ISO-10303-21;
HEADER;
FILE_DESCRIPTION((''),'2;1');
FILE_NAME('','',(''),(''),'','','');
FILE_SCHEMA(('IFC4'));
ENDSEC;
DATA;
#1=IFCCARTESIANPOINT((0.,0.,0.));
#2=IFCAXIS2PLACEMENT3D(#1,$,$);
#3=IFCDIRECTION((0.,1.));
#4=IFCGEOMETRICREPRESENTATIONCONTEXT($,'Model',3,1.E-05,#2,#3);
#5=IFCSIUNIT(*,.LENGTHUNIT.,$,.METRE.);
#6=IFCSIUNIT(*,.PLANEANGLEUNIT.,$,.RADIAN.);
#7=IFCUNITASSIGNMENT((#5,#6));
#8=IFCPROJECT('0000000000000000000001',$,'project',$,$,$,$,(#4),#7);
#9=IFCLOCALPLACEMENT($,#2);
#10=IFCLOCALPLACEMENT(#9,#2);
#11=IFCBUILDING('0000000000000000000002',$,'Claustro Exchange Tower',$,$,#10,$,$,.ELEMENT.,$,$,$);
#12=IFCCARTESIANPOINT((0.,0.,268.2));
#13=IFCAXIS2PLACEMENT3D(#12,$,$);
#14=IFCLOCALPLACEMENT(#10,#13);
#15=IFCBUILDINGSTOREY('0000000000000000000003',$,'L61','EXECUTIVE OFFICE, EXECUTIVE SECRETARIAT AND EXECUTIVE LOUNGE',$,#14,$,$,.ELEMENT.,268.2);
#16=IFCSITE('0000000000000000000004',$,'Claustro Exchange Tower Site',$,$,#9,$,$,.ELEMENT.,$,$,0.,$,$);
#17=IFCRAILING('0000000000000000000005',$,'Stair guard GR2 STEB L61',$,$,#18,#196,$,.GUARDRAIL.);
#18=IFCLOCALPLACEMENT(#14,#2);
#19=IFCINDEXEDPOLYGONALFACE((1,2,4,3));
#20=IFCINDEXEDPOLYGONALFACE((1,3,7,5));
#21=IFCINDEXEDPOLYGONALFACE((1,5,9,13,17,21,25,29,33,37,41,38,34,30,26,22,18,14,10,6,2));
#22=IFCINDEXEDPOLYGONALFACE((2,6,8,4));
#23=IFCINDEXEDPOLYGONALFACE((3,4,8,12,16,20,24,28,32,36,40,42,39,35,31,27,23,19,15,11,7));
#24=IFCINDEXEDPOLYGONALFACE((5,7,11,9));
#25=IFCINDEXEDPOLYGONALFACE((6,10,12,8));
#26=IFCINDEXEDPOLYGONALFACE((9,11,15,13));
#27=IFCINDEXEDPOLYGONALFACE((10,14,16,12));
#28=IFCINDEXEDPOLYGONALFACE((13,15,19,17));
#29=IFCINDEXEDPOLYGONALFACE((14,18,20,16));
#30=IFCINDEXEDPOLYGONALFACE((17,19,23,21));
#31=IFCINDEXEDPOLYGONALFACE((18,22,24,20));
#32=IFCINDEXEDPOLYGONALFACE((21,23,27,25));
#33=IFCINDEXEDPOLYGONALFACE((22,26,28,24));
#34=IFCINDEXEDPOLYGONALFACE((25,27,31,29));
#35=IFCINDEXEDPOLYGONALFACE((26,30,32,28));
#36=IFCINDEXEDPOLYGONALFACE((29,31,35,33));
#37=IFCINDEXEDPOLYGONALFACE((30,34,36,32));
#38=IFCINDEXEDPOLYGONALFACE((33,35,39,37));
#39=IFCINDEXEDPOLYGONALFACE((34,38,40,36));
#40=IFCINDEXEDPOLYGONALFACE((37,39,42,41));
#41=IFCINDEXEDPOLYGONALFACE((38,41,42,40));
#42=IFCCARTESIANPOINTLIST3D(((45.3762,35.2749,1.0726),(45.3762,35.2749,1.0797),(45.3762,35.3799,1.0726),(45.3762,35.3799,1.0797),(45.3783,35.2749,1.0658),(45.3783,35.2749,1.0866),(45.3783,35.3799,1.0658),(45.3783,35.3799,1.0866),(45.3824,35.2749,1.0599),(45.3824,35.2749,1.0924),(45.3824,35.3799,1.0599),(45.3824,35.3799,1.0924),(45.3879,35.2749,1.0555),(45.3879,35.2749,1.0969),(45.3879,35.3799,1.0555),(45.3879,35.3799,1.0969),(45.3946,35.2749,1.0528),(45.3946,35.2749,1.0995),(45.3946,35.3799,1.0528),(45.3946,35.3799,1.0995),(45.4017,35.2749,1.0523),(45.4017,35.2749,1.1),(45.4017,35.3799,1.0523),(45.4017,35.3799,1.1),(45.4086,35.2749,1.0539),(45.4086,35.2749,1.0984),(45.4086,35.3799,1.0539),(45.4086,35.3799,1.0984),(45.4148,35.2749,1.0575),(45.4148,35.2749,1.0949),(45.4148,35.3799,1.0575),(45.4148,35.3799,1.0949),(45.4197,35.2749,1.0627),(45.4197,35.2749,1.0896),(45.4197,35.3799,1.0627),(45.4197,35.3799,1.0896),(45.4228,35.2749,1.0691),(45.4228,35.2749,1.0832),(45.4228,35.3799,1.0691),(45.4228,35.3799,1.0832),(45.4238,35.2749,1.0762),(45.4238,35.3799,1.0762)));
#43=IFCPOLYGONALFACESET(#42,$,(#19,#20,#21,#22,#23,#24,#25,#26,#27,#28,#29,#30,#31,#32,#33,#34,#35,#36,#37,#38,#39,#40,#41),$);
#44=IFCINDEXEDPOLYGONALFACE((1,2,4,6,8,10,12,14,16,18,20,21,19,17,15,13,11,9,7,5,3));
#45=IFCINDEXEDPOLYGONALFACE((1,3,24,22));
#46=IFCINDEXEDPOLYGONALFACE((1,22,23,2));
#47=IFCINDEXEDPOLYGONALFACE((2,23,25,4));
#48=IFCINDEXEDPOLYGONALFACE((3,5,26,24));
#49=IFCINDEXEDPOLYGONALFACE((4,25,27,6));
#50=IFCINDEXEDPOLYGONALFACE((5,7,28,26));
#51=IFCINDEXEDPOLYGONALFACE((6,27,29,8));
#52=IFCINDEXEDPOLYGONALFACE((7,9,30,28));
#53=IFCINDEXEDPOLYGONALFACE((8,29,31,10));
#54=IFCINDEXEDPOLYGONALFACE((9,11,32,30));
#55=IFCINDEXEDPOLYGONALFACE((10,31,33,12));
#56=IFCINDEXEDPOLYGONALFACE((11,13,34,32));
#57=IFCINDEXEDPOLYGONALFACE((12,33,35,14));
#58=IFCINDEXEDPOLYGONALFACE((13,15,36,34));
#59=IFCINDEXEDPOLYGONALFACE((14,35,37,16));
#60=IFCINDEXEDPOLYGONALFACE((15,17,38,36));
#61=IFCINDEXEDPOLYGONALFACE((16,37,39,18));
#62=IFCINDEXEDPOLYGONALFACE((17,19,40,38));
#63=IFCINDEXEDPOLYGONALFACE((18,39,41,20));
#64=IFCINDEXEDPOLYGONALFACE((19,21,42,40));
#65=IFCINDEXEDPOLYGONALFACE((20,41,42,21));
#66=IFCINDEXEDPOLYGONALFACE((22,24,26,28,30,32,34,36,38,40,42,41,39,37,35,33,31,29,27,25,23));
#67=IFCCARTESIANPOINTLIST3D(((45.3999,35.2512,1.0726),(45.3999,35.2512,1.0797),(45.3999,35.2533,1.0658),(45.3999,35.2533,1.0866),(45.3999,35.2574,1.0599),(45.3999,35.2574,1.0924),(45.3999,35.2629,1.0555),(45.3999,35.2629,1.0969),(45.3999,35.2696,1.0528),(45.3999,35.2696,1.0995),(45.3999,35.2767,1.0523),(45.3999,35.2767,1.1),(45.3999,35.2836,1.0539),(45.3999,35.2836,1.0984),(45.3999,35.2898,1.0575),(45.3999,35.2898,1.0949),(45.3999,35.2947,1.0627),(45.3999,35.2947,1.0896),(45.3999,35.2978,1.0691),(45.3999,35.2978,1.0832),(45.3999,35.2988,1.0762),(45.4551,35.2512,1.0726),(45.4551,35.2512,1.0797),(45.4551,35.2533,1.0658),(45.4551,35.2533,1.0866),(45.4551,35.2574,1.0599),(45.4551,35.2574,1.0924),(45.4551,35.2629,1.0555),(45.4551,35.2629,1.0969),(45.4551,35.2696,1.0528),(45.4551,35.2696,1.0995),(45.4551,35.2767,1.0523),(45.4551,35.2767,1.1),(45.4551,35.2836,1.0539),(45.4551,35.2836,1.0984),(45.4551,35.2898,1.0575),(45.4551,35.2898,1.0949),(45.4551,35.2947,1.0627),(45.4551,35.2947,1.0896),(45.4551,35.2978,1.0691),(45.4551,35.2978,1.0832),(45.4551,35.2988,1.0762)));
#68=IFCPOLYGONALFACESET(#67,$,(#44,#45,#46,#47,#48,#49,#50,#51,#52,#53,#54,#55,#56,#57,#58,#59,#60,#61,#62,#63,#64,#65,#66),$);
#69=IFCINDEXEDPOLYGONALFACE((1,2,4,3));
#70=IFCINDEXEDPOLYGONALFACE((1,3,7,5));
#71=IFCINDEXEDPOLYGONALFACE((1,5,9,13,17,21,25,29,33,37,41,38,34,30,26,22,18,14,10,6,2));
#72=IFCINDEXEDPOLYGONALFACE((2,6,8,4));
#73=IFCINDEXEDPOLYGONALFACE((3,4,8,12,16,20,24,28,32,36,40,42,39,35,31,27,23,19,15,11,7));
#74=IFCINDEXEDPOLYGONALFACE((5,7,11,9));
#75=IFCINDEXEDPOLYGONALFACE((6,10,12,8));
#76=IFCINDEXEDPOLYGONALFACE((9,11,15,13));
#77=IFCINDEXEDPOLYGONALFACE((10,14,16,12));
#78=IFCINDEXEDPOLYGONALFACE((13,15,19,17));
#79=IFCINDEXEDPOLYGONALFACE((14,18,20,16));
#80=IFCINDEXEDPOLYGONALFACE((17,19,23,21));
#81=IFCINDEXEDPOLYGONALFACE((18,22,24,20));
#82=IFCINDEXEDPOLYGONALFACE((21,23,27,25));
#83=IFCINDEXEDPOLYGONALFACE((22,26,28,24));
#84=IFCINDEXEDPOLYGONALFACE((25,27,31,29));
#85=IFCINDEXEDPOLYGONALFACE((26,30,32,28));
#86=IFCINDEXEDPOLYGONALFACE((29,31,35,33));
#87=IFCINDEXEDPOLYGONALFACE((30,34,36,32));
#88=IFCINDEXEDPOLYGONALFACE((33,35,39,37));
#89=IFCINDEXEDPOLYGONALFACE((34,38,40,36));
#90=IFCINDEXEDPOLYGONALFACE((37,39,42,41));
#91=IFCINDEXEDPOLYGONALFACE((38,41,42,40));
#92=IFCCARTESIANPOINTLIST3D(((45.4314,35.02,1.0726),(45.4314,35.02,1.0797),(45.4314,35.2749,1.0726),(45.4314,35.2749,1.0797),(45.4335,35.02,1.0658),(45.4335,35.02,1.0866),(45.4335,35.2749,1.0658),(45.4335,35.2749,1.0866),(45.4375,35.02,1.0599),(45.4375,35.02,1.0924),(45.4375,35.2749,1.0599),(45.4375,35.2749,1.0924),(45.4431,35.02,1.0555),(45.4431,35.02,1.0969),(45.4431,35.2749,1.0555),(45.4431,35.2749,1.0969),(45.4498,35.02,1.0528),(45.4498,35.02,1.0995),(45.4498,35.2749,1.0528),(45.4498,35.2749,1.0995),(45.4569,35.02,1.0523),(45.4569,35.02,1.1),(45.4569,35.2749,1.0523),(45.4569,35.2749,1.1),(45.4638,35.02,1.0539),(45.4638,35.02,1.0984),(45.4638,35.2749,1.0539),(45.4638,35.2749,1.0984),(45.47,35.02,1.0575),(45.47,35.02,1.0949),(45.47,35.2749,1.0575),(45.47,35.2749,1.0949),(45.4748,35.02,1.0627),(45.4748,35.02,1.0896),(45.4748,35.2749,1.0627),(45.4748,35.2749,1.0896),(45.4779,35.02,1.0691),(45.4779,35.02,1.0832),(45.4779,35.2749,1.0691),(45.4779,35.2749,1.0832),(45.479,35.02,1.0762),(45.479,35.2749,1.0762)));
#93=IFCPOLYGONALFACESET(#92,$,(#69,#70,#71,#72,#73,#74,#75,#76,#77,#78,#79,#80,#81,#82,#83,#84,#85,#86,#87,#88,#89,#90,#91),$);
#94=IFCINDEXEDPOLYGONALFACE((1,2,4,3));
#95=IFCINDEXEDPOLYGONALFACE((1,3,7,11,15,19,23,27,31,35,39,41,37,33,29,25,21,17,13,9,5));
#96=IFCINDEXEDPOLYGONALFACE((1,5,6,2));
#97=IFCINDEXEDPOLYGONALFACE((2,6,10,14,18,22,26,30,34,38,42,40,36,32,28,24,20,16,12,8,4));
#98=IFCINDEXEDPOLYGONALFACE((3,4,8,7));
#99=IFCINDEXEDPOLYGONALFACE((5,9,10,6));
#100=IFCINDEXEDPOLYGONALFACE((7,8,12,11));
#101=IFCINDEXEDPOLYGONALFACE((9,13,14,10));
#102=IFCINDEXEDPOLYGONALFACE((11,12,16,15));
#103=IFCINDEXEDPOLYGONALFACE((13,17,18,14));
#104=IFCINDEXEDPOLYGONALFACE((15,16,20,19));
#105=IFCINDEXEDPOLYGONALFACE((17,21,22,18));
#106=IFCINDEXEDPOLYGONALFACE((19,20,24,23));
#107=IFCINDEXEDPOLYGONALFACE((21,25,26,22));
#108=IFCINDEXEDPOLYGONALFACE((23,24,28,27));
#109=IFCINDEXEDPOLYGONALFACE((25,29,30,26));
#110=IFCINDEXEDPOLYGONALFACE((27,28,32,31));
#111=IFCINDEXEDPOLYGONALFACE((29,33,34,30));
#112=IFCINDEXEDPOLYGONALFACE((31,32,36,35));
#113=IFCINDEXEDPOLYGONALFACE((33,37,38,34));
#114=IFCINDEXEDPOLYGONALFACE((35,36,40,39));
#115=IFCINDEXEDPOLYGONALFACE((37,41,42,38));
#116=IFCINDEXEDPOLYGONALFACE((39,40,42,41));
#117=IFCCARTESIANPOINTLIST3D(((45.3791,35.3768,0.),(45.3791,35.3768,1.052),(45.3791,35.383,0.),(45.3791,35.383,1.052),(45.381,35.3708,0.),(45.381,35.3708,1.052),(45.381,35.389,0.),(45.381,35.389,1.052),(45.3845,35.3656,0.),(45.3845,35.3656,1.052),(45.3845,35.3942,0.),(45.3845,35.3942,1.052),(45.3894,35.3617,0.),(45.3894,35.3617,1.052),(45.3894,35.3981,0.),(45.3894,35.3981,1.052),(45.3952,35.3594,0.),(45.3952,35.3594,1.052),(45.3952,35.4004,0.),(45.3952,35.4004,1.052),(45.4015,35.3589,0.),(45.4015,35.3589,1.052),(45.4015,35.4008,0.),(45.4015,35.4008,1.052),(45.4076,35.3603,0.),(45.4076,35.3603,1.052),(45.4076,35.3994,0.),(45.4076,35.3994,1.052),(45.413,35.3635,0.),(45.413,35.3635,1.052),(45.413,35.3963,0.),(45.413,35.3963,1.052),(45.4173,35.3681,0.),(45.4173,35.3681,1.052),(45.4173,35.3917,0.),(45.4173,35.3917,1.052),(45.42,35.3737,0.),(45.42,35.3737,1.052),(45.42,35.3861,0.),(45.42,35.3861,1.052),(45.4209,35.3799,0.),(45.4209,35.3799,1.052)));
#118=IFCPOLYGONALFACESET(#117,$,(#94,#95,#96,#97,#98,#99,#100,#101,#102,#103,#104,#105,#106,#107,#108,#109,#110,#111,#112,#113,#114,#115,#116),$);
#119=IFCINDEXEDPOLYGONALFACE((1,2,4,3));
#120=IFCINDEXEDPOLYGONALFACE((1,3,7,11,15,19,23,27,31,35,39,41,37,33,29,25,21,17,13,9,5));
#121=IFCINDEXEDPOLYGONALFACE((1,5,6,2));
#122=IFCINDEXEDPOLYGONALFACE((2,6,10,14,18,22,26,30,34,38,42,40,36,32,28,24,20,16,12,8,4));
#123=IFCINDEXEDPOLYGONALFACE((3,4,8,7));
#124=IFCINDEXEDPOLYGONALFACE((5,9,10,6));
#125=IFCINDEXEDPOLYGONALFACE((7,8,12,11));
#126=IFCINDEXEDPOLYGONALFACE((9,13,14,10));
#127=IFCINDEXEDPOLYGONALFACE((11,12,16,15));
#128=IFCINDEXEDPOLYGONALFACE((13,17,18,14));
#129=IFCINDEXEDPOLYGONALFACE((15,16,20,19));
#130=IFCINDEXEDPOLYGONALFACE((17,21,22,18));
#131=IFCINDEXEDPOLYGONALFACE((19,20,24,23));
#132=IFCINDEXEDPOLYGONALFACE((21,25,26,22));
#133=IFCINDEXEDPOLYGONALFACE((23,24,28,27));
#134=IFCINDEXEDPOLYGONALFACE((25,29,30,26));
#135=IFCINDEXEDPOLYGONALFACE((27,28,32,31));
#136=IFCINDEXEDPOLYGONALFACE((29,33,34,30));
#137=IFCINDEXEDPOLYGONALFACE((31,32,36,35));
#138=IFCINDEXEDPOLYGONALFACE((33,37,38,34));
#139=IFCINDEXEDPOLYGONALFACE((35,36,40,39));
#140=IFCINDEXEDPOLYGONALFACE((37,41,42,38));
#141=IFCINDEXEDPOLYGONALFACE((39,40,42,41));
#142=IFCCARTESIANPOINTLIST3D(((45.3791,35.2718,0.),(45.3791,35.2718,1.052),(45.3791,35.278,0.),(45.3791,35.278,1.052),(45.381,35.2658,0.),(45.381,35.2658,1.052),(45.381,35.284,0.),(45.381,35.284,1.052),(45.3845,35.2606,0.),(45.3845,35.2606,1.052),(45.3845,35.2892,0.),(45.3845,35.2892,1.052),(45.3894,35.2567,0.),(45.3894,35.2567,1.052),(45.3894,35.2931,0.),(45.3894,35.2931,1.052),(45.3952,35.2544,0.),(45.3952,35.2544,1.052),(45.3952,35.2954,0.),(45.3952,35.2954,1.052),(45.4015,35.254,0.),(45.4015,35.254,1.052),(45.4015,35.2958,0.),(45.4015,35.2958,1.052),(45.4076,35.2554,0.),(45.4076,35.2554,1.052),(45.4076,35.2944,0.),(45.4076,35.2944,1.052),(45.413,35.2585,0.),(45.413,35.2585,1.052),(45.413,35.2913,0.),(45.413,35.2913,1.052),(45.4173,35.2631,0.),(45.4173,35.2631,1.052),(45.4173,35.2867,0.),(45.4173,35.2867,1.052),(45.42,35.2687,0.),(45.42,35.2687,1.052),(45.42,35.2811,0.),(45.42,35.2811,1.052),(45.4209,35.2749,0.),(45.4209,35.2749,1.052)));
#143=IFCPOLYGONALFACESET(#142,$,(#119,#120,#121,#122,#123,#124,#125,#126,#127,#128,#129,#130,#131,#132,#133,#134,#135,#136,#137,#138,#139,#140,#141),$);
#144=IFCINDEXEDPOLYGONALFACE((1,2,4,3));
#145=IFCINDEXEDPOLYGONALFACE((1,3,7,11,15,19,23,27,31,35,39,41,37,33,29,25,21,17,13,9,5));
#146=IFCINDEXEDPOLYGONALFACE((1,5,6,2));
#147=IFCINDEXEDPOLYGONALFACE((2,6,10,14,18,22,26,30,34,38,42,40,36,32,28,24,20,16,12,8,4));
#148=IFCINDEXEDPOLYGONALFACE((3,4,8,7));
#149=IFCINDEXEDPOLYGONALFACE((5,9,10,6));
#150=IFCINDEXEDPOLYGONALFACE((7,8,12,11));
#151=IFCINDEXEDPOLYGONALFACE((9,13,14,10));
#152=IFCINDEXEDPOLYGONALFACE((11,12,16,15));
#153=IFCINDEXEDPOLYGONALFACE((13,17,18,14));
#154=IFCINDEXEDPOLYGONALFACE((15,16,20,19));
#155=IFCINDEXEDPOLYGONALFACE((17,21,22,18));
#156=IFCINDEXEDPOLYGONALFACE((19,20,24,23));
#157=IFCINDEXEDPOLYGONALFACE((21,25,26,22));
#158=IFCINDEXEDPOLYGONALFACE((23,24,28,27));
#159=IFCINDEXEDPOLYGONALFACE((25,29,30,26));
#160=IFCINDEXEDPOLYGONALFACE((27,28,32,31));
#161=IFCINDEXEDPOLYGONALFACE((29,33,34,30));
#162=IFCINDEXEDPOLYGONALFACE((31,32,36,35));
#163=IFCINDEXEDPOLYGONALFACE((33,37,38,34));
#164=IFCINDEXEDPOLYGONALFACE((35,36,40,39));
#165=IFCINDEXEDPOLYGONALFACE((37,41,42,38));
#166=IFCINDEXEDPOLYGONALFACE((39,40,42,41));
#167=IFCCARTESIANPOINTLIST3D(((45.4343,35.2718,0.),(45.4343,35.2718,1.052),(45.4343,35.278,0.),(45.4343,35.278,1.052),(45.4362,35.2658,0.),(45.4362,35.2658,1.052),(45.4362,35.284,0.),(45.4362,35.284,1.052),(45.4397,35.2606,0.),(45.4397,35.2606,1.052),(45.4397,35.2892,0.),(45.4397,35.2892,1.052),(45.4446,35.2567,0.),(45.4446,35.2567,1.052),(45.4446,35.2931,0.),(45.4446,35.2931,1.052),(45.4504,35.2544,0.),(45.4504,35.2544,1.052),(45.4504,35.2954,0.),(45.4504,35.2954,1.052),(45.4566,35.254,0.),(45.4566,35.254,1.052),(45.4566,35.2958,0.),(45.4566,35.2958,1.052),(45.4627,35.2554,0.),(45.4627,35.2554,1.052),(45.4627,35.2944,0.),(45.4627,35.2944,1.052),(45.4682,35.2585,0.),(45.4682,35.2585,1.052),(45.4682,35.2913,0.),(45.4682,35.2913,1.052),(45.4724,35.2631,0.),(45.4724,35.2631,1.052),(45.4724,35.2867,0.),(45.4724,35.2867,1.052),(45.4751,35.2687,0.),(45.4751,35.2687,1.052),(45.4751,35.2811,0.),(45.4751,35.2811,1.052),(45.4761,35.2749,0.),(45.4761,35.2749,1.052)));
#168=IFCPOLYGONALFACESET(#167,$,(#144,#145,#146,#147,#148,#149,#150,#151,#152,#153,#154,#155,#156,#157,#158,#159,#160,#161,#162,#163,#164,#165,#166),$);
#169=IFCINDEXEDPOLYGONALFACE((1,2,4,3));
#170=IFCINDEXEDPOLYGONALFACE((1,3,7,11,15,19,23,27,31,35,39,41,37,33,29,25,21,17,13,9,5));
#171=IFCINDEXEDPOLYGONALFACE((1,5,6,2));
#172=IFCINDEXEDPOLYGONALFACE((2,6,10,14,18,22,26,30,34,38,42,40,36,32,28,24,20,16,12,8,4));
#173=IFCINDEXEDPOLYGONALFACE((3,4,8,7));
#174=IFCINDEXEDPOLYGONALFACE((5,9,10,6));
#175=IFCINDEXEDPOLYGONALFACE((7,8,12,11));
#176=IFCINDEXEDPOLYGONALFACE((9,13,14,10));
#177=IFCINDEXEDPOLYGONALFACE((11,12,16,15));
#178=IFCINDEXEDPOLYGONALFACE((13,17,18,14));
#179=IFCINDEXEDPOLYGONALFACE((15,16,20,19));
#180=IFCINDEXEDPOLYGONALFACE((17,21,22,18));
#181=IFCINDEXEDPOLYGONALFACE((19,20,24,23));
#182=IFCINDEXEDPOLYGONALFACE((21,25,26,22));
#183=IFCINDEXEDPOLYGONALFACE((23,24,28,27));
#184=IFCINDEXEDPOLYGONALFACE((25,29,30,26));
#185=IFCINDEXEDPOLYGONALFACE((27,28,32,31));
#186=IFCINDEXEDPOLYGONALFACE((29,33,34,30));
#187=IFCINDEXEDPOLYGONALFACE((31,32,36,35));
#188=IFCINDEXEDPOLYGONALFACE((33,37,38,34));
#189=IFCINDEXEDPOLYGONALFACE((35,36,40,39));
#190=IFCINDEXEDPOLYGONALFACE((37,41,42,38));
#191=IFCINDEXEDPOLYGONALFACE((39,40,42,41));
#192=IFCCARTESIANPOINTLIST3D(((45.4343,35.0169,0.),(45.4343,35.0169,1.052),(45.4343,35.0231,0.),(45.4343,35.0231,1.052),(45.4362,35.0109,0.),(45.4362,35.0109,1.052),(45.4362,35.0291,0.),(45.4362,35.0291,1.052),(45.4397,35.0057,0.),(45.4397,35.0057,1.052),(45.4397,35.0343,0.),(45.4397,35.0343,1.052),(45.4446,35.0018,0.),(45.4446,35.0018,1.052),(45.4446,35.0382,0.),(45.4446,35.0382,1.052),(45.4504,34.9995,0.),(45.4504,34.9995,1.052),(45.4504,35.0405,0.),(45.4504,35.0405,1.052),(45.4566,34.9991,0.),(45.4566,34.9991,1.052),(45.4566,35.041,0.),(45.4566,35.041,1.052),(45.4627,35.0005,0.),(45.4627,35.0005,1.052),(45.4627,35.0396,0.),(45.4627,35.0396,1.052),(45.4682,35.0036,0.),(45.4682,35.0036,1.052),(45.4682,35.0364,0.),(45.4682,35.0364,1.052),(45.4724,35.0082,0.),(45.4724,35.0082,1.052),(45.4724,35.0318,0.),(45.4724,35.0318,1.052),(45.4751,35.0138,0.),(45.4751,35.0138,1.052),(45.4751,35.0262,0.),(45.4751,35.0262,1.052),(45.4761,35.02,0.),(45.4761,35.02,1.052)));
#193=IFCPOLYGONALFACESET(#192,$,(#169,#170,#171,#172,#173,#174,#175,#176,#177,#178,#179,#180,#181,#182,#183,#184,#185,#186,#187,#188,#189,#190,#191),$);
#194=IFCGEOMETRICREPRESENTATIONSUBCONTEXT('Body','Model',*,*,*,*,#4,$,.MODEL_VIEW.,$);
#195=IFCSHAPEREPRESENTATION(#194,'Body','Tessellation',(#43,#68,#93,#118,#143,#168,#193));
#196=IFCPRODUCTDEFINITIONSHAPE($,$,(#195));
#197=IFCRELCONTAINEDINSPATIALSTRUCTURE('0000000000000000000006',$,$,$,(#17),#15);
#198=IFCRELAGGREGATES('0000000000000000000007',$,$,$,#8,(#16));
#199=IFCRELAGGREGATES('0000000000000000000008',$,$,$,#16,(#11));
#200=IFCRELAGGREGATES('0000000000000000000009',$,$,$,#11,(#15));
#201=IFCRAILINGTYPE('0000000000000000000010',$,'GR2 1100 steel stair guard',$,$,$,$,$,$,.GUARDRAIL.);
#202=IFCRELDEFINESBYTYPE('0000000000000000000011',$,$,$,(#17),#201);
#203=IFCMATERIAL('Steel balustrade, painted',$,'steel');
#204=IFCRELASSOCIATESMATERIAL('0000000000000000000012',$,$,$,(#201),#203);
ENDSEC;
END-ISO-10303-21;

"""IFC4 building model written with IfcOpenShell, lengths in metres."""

from ifc_helpers import new_model, si_unit, direction, frame, origin, origin_2d, place, context, subcontext, project, spatial, circle, extrude, material, type_object, element, save


model = new_model("IFC4")

# Units and contexts
model_context = context("Model", 3, precision=1e-05, world=origin(), true_north=direction((0.0, 1.0)))
body_context = subcontext(model_context, "Body", "Model", "MODEL_VIEW")
ifc_project = project(units=[si_unit("LENGTHUNIT", "METRE"), si_unit("PLANEANGLEUNIT", "RADIAN")], contexts=[model_context])

# Site, building, storey
site_placement = place(None, origin())
site = spatial("IfcSite", under=ifc_project, at=site_placement, Name="Claustro Exchange Tower Site", CompositionType="ELEMENT", RefElevation=0.0)
building_placement = place(site_placement, origin())
building = spatial("IfcBuilding", under=site, at=building_placement, Name="Claustro Exchange Tower", CompositionType="ELEMENT")
storey_placement = place(building_placement, frame((0.0, 0.0, 268.2)))
storey = spatial("IfcBuildingStorey", under=building, at=storey_placement, Name="L61", Description="EXECUTIVE OFFICE, EXECUTIVE SECRETARIAT AND EXECUTIVE LOUNGE", CompositionType="ELEMENT", Elevation=268.2)

# Railing
ifc_material_1 = material(Name="Steel balustrade, painted", Category="steel")
railing_type_1 = type_object("IfcRailingType", Name="GR2 1100 steel stair guard", PredefinedType="GUARDRAIL", material=ifc_material_1)
railing_1_placement = place(storey_placement, frame((45.3999, 35.3799, 0.0)))
element("IfcRailing", 1, at=railing_1_placement, inside=storey, type_object=railing_type_1, Name="Stair guard GR2 STEB L61", PredefinedType="GUARDRAIL", context=body_context, shape_type="SweptSolid", body=[
    extrude(circle(Radius=0.0239, at=origin_2d()), frame((0.0, 0.0, 1.0762), z_axis=(0.0, -1.0, 0.0), x_axis=(1.0, 0.0, 0.0)), (0.0, 0.0, 1.0), 0.105),
    extrude(circle(Radius=0.0239, at=origin_2d()), frame((0.0, -0.105, 1.0762), z_axis=(1.0, 0.0, 0.0), x_axis=(0.0, 1.0, 0.0)), (0.0, 0.0, 1.0), 0.0552),
    extrude(circle(Radius=0.0239, at=origin_2d()), frame((0.0552, -0.105, 1.0762), z_axis=(0.0, -1.0, 0.0), x_axis=(1.0, 0.0, 0.0)), (0.0, 0.0, 1.0), 0.2549),
    extrude(circle(Radius=0.021, at=origin_2d()), origin(), (0.0, 0.0, 1.0), 1.052),
    extrude(circle(Radius=0.021, at=origin_2d()), frame((0.0, -0.105, 0.0)), (0.0, 0.0, 1.0), 1.052),
    extrude(circle(Radius=0.021, at=origin_2d()), frame((0.0552, -0.105, 0.0)), (0.0, 0.0, 1.0), 1.052),
    extrude(circle(Radius=0.021, at=origin_2d()), frame((0.0552, -0.3599, 0.0)), (0.0, 0.0, 1.0), 1.052),
])

save(model, "model.ifc")
